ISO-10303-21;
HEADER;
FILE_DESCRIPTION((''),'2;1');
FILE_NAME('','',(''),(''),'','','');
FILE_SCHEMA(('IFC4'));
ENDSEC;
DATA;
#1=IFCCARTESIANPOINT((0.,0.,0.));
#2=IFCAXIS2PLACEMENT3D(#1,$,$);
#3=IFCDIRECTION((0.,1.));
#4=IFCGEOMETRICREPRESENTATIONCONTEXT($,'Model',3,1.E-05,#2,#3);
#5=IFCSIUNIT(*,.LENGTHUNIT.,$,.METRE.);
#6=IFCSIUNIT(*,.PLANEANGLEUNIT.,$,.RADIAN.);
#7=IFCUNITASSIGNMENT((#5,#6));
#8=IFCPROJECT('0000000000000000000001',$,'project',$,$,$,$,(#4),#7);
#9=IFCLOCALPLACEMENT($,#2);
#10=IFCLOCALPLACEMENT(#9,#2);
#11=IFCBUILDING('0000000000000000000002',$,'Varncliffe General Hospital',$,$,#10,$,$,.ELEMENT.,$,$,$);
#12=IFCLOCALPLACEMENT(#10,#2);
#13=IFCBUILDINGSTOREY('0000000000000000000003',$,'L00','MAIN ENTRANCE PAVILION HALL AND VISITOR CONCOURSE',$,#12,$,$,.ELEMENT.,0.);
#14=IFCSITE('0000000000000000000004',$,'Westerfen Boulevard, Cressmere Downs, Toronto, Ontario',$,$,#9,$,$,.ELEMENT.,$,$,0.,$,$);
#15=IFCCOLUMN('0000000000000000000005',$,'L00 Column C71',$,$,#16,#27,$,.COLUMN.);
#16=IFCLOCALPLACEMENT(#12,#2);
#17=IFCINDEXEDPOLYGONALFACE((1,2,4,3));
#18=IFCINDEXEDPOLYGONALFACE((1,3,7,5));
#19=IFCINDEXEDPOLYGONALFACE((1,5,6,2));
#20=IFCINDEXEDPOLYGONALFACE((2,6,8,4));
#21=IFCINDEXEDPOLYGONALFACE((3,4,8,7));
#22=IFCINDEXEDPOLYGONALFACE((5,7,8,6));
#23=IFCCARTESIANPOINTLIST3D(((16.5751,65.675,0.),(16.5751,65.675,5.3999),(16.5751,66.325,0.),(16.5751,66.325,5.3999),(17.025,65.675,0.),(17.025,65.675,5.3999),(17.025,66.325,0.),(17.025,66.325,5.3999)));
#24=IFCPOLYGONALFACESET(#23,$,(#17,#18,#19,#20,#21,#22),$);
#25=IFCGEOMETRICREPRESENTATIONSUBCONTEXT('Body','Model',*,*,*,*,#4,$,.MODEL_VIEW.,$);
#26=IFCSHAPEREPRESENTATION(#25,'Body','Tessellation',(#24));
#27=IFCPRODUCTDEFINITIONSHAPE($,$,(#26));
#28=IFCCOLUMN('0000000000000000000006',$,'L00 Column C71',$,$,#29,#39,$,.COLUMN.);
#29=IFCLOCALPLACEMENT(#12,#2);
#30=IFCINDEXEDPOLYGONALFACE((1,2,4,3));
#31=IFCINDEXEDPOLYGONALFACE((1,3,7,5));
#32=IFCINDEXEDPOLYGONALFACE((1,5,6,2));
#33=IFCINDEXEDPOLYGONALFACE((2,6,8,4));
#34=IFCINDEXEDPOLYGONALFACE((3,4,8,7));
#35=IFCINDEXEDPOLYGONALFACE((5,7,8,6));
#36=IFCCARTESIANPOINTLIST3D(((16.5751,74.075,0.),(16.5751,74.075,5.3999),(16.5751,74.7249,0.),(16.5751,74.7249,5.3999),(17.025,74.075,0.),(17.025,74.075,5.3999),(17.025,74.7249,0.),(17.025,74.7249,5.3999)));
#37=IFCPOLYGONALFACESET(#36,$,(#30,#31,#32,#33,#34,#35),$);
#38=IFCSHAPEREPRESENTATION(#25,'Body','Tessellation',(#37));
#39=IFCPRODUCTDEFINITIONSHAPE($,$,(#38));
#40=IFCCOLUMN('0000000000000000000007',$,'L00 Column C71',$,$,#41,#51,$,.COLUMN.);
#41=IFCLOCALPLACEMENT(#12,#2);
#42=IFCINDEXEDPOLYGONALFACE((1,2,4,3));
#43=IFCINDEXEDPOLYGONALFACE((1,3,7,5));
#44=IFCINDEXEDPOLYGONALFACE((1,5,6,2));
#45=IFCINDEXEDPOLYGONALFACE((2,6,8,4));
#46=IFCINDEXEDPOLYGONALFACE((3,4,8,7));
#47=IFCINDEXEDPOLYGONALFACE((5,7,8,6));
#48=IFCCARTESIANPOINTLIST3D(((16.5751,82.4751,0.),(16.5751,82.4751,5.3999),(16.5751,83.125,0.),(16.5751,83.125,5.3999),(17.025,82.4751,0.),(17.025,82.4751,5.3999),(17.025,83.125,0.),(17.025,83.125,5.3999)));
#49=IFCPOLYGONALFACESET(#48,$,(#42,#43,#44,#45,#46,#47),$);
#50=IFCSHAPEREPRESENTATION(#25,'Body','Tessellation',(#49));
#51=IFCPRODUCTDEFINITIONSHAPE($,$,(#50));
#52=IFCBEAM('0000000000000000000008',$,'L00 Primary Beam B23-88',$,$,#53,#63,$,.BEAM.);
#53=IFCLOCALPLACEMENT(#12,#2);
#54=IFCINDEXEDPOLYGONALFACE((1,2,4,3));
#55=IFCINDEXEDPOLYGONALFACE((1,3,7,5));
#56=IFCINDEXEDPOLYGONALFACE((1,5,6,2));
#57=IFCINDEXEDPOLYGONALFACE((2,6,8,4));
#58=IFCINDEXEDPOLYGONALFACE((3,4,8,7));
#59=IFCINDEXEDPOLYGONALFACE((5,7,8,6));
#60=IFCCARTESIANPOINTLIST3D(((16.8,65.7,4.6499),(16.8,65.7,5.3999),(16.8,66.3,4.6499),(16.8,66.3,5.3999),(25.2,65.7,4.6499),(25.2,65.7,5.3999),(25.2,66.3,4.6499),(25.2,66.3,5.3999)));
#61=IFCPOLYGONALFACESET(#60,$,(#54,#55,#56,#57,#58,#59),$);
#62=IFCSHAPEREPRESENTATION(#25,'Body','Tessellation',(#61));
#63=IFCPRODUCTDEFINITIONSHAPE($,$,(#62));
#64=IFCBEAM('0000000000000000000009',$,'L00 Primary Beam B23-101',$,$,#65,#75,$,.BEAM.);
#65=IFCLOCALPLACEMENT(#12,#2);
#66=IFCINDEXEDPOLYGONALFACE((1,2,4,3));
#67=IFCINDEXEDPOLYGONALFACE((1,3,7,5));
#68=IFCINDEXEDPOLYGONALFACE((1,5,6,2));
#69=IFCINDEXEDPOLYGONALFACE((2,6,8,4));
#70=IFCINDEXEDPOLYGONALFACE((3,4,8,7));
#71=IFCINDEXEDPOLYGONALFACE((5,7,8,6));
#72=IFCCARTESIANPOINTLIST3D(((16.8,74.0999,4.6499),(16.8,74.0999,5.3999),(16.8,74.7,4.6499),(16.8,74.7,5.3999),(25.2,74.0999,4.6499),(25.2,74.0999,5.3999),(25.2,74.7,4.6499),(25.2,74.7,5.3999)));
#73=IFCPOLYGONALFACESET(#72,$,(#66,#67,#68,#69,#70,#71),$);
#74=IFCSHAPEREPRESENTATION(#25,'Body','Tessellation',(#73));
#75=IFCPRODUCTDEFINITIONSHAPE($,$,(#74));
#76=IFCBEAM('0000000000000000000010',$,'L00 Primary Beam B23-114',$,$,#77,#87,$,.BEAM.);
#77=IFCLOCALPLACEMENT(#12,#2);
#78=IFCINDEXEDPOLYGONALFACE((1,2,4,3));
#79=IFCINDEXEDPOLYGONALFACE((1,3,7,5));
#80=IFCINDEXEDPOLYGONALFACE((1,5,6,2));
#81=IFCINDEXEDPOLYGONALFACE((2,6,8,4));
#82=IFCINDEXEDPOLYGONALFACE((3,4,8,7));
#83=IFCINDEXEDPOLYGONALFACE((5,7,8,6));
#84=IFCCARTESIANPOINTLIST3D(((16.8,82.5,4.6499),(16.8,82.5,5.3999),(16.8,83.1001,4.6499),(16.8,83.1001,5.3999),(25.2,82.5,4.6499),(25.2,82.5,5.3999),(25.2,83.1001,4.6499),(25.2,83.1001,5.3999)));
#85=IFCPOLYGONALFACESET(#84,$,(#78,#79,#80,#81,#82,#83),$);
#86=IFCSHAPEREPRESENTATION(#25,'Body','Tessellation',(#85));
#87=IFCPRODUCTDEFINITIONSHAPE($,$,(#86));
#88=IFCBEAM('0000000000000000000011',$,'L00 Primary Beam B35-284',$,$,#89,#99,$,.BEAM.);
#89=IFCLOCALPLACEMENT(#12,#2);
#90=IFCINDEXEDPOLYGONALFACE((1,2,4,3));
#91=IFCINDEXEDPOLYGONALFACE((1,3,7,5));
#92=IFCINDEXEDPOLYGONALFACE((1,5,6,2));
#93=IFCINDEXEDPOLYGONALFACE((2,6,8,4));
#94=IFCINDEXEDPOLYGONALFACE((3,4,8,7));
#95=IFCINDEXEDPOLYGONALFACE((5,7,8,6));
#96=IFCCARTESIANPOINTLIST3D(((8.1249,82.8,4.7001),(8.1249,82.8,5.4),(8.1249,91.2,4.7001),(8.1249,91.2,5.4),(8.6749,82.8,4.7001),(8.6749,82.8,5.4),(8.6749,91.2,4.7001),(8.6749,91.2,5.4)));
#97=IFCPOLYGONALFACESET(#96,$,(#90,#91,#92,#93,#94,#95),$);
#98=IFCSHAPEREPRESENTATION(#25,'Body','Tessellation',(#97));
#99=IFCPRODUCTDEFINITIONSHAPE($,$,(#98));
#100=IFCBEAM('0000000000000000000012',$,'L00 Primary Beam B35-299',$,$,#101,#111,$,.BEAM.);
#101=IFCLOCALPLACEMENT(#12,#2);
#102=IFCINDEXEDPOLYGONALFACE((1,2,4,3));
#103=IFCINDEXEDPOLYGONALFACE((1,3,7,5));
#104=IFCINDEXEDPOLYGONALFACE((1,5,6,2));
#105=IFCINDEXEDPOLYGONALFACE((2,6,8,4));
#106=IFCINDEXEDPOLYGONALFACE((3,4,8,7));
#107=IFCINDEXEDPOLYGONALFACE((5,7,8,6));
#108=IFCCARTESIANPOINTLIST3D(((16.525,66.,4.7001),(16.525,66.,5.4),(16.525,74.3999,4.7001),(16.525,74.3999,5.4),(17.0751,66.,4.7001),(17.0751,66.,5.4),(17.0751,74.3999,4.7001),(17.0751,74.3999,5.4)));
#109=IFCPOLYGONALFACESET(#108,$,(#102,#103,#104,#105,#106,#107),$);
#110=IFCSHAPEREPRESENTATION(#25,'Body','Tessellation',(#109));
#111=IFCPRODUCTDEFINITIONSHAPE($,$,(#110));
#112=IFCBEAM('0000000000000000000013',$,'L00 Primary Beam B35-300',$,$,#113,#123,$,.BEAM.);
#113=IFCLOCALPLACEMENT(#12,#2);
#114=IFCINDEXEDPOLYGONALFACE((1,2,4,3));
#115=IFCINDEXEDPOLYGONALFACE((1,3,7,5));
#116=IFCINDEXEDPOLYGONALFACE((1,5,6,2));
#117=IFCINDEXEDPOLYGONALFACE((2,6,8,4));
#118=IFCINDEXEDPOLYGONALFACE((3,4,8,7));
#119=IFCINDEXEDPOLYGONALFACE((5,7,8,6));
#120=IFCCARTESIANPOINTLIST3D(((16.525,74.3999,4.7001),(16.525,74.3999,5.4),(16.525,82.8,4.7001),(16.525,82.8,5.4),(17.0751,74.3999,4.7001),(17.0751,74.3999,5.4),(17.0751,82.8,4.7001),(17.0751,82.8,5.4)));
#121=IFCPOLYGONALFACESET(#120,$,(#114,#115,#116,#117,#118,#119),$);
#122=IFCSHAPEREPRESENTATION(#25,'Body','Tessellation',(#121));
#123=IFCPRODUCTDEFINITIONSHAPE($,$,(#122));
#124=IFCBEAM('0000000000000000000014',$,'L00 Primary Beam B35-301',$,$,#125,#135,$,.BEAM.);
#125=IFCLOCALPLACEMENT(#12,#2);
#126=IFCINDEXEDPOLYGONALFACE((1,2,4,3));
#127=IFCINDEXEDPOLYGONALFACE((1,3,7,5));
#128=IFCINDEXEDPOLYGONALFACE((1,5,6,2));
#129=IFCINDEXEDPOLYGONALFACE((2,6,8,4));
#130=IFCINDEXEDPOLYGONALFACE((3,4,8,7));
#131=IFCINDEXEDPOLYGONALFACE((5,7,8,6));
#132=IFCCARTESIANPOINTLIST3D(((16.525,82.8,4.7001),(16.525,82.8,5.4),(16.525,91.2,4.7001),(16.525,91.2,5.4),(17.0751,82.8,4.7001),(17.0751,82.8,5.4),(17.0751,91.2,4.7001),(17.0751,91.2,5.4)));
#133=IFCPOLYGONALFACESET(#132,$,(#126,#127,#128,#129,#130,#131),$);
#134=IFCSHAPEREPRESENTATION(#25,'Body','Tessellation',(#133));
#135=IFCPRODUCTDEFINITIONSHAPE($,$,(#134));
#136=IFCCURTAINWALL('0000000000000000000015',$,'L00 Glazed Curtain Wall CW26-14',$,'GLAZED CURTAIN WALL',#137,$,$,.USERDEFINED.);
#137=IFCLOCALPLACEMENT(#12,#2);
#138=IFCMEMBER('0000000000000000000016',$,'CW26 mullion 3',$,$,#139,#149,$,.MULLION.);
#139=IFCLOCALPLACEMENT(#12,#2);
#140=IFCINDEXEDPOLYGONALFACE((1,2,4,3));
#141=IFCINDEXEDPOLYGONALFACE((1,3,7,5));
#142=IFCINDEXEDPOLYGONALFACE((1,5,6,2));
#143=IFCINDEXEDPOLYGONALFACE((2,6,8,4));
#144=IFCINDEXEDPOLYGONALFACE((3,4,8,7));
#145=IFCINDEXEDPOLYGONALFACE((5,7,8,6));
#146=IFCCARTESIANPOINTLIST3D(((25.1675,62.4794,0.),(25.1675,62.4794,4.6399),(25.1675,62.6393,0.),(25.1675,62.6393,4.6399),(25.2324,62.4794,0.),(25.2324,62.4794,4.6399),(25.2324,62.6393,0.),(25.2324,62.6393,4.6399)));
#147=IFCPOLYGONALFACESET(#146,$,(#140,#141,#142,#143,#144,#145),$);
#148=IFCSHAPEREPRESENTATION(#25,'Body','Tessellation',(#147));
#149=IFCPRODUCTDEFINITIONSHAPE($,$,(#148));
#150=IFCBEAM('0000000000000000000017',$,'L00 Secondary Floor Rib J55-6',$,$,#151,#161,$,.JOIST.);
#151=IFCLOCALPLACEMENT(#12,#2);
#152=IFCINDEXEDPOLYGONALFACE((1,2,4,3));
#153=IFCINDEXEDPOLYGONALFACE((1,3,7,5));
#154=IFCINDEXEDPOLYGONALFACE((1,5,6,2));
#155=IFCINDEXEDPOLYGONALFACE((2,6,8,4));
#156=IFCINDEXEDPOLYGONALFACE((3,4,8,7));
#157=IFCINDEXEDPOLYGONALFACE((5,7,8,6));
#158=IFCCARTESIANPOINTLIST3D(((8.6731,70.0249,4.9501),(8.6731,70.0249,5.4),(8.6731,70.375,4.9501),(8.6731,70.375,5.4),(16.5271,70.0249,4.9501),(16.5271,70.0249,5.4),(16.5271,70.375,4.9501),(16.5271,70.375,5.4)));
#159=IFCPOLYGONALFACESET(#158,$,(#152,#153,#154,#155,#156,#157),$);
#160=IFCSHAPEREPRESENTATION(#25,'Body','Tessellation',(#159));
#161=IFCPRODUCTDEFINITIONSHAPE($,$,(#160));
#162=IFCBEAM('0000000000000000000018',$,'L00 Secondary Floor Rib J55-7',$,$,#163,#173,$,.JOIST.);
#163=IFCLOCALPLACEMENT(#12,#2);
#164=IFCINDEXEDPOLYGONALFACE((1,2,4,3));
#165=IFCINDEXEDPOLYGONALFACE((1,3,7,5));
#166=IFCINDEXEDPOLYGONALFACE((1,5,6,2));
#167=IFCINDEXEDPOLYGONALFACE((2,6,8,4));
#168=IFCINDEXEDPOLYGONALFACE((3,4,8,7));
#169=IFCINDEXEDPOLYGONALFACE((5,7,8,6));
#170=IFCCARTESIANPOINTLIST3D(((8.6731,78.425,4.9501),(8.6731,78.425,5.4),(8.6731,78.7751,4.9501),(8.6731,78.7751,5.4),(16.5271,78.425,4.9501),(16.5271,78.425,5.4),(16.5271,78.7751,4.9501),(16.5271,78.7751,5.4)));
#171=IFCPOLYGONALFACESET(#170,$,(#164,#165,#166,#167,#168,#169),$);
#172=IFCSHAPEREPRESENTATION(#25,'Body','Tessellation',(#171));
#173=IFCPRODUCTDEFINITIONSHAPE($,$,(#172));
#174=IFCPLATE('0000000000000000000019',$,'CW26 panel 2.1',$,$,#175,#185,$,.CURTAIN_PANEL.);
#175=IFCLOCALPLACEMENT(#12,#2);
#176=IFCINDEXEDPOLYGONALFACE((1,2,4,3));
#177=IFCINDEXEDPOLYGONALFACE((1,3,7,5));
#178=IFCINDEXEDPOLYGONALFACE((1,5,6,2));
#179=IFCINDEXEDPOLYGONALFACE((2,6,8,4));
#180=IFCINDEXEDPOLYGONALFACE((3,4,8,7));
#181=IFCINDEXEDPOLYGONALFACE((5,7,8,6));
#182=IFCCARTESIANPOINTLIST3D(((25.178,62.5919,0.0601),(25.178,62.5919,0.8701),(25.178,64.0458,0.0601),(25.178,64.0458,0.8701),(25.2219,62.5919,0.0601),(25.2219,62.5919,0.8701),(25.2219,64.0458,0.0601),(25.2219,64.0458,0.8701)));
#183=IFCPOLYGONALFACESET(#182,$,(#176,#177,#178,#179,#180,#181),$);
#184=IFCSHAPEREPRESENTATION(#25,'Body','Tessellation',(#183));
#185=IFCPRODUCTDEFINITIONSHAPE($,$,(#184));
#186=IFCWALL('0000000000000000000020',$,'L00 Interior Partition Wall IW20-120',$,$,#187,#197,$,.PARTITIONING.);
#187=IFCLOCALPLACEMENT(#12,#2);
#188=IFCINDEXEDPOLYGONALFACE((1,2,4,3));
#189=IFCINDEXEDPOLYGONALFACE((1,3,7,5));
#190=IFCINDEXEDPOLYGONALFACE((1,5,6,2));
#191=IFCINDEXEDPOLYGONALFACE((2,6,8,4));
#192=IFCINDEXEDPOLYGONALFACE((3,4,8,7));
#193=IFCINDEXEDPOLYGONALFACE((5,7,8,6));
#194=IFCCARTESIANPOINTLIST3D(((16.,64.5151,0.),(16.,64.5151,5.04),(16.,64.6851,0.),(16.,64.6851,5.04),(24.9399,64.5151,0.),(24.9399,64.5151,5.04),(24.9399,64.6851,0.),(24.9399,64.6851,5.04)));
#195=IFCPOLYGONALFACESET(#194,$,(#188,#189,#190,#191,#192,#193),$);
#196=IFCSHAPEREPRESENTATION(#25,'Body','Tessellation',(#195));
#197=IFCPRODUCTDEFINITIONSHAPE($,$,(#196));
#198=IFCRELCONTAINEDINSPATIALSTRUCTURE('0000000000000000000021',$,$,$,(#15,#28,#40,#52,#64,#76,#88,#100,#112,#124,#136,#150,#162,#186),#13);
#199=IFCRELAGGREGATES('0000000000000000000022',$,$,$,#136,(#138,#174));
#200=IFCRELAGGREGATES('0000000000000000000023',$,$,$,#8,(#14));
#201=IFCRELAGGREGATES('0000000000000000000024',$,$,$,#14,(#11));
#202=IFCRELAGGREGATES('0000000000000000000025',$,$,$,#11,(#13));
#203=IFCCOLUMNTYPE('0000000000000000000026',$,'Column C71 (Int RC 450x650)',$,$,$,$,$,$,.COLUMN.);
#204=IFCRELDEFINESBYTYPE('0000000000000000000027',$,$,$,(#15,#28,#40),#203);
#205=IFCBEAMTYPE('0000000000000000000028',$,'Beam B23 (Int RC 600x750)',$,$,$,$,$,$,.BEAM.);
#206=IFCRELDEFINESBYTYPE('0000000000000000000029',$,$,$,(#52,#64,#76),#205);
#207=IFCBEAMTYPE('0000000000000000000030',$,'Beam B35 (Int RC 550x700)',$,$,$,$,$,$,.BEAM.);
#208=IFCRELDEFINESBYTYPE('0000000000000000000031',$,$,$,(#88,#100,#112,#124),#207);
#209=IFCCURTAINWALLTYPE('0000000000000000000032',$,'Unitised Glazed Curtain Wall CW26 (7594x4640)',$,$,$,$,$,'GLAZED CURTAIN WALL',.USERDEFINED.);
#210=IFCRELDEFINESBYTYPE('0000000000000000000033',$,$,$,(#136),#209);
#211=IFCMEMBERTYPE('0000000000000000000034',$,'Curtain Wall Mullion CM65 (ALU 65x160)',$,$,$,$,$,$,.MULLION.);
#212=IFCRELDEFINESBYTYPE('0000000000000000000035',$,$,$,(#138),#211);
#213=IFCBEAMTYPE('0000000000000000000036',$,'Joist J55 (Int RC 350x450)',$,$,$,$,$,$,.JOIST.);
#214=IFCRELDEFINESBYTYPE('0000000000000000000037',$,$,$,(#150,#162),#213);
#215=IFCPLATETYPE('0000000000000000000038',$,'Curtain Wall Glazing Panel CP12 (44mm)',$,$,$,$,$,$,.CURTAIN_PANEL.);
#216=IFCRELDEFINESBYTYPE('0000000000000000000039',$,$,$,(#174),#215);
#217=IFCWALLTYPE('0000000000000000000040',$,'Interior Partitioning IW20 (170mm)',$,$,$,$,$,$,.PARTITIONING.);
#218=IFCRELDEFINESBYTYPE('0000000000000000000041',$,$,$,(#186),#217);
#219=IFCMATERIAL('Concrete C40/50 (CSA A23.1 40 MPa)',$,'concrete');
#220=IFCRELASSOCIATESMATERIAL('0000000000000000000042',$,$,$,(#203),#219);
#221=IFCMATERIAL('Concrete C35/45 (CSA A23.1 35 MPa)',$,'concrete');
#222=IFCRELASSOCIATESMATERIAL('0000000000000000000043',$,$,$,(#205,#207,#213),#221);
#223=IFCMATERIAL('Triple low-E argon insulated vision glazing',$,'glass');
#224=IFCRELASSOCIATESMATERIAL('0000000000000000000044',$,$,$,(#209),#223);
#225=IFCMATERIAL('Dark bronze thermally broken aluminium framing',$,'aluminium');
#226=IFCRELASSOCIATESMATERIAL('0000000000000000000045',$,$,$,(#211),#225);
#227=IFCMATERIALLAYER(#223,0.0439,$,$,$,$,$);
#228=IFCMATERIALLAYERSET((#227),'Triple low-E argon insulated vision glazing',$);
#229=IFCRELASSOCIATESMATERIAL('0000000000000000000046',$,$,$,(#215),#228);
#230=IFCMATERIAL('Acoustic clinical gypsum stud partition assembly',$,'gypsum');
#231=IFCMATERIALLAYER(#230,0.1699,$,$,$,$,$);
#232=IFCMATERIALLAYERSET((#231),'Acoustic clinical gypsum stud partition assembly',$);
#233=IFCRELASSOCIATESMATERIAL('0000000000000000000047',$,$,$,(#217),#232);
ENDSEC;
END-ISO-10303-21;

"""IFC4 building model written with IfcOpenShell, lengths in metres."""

from ifc_helpers import new_model, si_unit, direction, frame, frame_2d, origin, origin_2d, place, context, subcontext, project, spatial, rectangle, extrude, material, layer, layer_set, material_profile, profile_set, type_object, element, aggregate, save


model = new_model("IFC4")

# Units and contexts
model_context = context("Model", 3, precision=1e-05, world=origin(), true_north=direction((0.0, 1.0)))
body_context = subcontext(model_context, "Body", "Model", "MODEL_VIEW")
ifc_project = project(units=[si_unit("LENGTHUNIT", "METRE"), si_unit("PLANEANGLEUNIT", "RADIAN")], contexts=[model_context])

# Site, building, storey
site_placement = place(None, origin())
site = spatial("IfcSite", under=ifc_project, at=site_placement, Name="Westerfen Boulevard, Cressmere Downs, Toronto, Ontario", CompositionType="ELEMENT", RefElevation=0.0)
building_placement = place(site_placement, origin())
building = spatial("IfcBuilding", under=site, at=building_placement, Name="Varncliffe General Hospital", CompositionType="ELEMENT")
storey_placement = place(building_placement, origin())
storey = spatial("IfcBuildingStorey", under=building, at=storey_placement, Name="L00", Description="MAIN ENTRANCE PAVILION HALL AND VISITOR CONCOURSE", CompositionType="ELEMENT", Elevation=0.0)

# Columns
ifc_material_1 = material(Name="Concrete C40/50 (CSA A23.1 40 MPa)", Category="concrete")
ifc_material_profile_1 = material_profile(ifc_material_1, rectangle(XDim=0.45, YDim=0.6499, at=origin_2d()), Name="RC 450x650")
ifc_profile_set_1 = profile_set([ifc_material_profile_1], Name="Concrete C40/50 (CSA A23.1 40 MPa)")
column_type = type_object("IfcColumnType", Name="Column C71 (Int RC 450x650)", PredefinedType="COLUMN", material=ifc_profile_set_1)
for number, where, z_axis, x_axis, name in (
    (1, (16.8, 66.0, 0.0), (0.0, 0.0, 1.0), (1.0, 0.0, 0.0), "L00 Column C71"),
    (2, (16.8, 74.3999, 0.0), (0.0, 0.0, 1.0), (1.0, 0.0, 0.0), "L00 Column C71"),
    (3, (16.8, 82.8, 0.0), (0.0, 0.0, 1.0), (1.0, 0.0, 0.0), "L00 Column C71"),
):
    element("IfcColumn", number, at=place(storey_placement, frame(where, z_axis=z_axis, x_axis=x_axis)), inside=storey, type_object=column_type, Name=name, PredefinedType="COLUMN", context=body_context, shape_type="SweptSolid", body=[
        extrude(rectangle(XDim=0.45, YDim=0.6499, at=origin_2d()), origin(), (0.0, 0.0, 1.0), 5.3999),
    ])

# Beams
ifc_material_2 = material(Name="Concrete C35/45 (CSA A23.1 35 MPa)", Category="concrete")
ifc_material_profile_2 = material_profile(ifc_material_2, rectangle(XDim=0.6001, YDim=0.75, at=origin_2d()), Name="RC 600x750")
ifc_profile_set_2 = profile_set([ifc_material_profile_2], Name="Concrete C35/45 (CSA A23.1 35 MPa)")
beam_type_1 = type_object("IfcBeamType", Name="Beam B23 (Int RC 600x750)", PredefinedType="BEAM", material=ifc_profile_set_2)
for number, where, z_axis, x_axis, name in (
    (4, (16.8, 66.0, 5.0249), (1.0, 0.0, 0.0), (0.0, 1.0, 0.0), "L00 Primary Beam B23-88"),
    (5, (16.8, 74.3999, 5.0249), (1.0, 0.0, 0.0), (0.0, 1.0, 0.0), "L00 Primary Beam B23-101"),
    (6, (16.8, 82.8, 5.0249), (1.0, 0.0, 0.0), (0.0, 1.0, 0.0), "L00 Primary Beam B23-114"),
):
    element("IfcBeam", number, at=place(storey_placement, frame(where, z_axis=z_axis, x_axis=x_axis)), inside=storey, type_object=beam_type_1, Name=name, PredefinedType="BEAM", context=body_context, shape_type="SweptSolid", body=[
        extrude(rectangle(XDim=0.6001, YDim=0.75, at=origin_2d()), origin(), (0.0, 0.0, 1.0), 8.3999),
    ])
ifc_material_profile_3 = material_profile(ifc_material_2, rectangle(XDim=0.55, YDim=0.7, at=origin_2d()), Name="RC 550x700")
ifc_profile_set_3 = profile_set([ifc_material_profile_3], Name="Concrete C35/45 (CSA A23.1 35 MPa)")
beam_type_2 = type_object("IfcBeamType", Name="Beam B35 (Int RC 550x700)", PredefinedType="BEAM", material=ifc_profile_set_3)
for number, where, z_axis, x_axis, name in (
    (7, (8.3999, 82.8, 5.05), (0.0, 1.0, 0.0), (-1.0, 0.0, 0.0), "L00 Primary Beam B35-284"),
    (8, (16.8, 66.0, 5.05), (0.0, 1.0, 0.0), (-1.0, 0.0, 0.0), "L00 Primary Beam B35-299"),
):
    element("IfcBeam", number, at=place(storey_placement, frame(where, z_axis=z_axis, x_axis=x_axis)), inside=storey, type_object=beam_type_2, Name=name, PredefinedType="BEAM", context=body_context, shape_type="SweptSolid", body=[
        extrude(rectangle(XDim=0.55, YDim=0.7, at=origin_2d()), origin(), (0.0, 0.0, 1.0), 8.3999),
    ])
beam_1_placement = place(storey_placement, frame((16.8, 74.3999, 5.05), z_axis=(0.0, 1.0, 0.0), x_axis=(-1.0, 0.0, 0.0)))
element("IfcBeam", 9, at=beam_1_placement, inside=storey, type_object=beam_type_2, Name="L00 Primary Beam B35-300", PredefinedType="BEAM", context=body_context, shape_type="SweptSolid", body=[
    extrude(rectangle(XDim=0.55, YDim=0.7, at=origin_2d()), origin(), (0.0, 0.0, 1.0), 8.4001),
])
beam_2_placement = place(storey_placement, frame((16.8, 82.8, 5.05), z_axis=(0.0, 1.0, 0.0), x_axis=(-1.0, 0.0, 0.0)))
element("IfcBeam", 10, at=beam_2_placement, inside=storey, type_object=beam_type_2, Name="L00 Primary Beam B35-301", PredefinedType="BEAM", context=body_context, shape_type="SweptSolid", body=[
    extrude(rectangle(XDim=0.55, YDim=0.7, at=origin_2d()), origin(), (0.0, 0.0, 1.0), 8.3999),
])

# Curtain wall, member
ifc_material_3 = material(Name="Triple low-E argon insulated vision glazing", Category="glass")
curtain_wall_type = type_object("IfcCurtainWallType", Name="Unitised Glazed Curtain Wall CW26 (7594x4640)", ElementType="GLAZED CURTAIN WALL", PredefinedType="USERDEFINED", material=ifc_material_3)
curtain_wall_placement = place(storey_placement, origin())
curtain_wall = element("IfcCurtainWall", 11, at=curtain_wall_placement, inside=storey, type_object=curtain_wall_type, Name="L00 Glazed Curtain Wall CW26-14", ObjectType="GLAZED CURTAIN WALL", PredefinedType="USERDEFINED")
ifc_material_4 = material(Name="Dark bronze thermally broken aluminium framing", Category="aluminium")
ifc_material_profile_4 = material_profile(ifc_material_4, rectangle(XDim=0.0649, YDim=0.1599, at=origin_2d()), Name="ALU 65x160")
ifc_profile_set_4 = profile_set([ifc_material_profile_4], Name="Dark bronze thermally broken aluminium framing")
member_type = type_object("IfcMemberType", Name="Curtain Wall Mullion CM65 (ALU 65x160)", PredefinedType="MULLION", material=ifc_profile_set_4)
member_placement = place(storey_placement, frame((25.2, 62.5593, 0.0), z_axis=(0.0, 0.0, 1.0), x_axis=(1.0, 0.0, 0.0)))
member = element("IfcMember", 12, at=member_placement, type_object=member_type, Name="CW26 mullion 3", PredefinedType="MULLION", context=body_context, shape_type="SweptSolid", body=[
    extrude(rectangle(XDim=0.0649, YDim=0.1599, at=origin_2d()), origin(), (0.0, 0.0, 1.0), 4.6399),
])

# Beams
ifc_material_profile_5 = material_profile(ifc_material_2, rectangle(XDim=0.3501, YDim=0.45, at=origin_2d()), Name="RC 350x450")
ifc_profile_set_5 = profile_set([ifc_material_profile_5], Name="Concrete C35/45 (CSA A23.1 35 MPa)")
beam_type_3 = type_object("IfcBeamType", Name="Joist J55 (Int RC 350x450)", PredefinedType="JOIST", material=ifc_profile_set_5)
for number, where, z_axis, x_axis, name in (
    (13, (8.6731, 70.2, 5.175), (1.0, 0.0, 0.0), (0.0, 1.0, 0.0), "L00 Secondary Floor Rib J55-6"),
    (14, (8.6731, 78.6001, 5.175), (1.0, 0.0, 0.0), (0.0, 1.0, 0.0), "L00 Secondary Floor Rib J55-7"),
):
    element("IfcBeam", number, at=place(storey_placement, frame(where, z_axis=z_axis, x_axis=x_axis)), inside=storey, type_object=beam_type_3, Name=name, PredefinedType="JOIST", context=body_context, shape_type="SweptSolid", body=[
        extrude(rectangle(XDim=0.3501, YDim=0.45, at=origin_2d()), origin(), (0.0, 0.0, 1.0), 7.854),
    ])

# Plate
ifc_layer_1 = layer(ifc_material_3, 0.0439)
ifc_layer_set_1 = layer_set([ifc_layer_1], Name="Triple low-E argon insulated vision glazing")
plate_type = type_object("IfcPlateType", Name="Curtain Wall Glazing Panel CP12 (44mm)", PredefinedType="CURTAIN_PANEL", material=ifc_layer_set_1)
plate_placement = place(storey_placement, frame((25.2, 63.3188, 0.0601), z_axis=(0.0, 0.0, 1.0), x_axis=(0.0, -1.0, 0.0)))
plate = element("IfcPlate", 15, at=plate_placement, type_object=plate_type, Name="CW26 panel 2.1", PredefinedType="CURTAIN_PANEL", context=body_context, shape_type="SweptSolid", body=[
    extrude(rectangle(XDim=1.4539, YDim=0.0439, at=origin_2d()), origin(), (0.0, 0.0, 1.0), 0.8101),
])
aggregate(curtain_wall, [member, plate])

# Wall
ifc_material_5 = material(Name="Acoustic clinical gypsum stud partition assembly", Category="gypsum")
ifc_layer_2 = layer(ifc_material_5, 0.1699)
ifc_layer_set_2 = layer_set([ifc_layer_2], Name="Acoustic clinical gypsum stud partition assembly")
wall_type_1 = type_object("IfcWallType", Name="Interior Partitioning IW20 (170mm)", PredefinedType="PARTITIONING", material=ifc_layer_set_2)
wall_1_placement = place(storey_placement, frame((16.0, 64.6001, 0.0), z_axis=(0.0, 0.0, 1.0), x_axis=(1.0, 0.0, 0.0)))
element("IfcWall", 16, at=wall_1_placement, inside=storey, type_object=wall_type_1, Name="L00 Interior Partition Wall IW20-120", PredefinedType="PARTITIONING", context=body_context, shape_type="SweptSolid", body=[
    extrude(rectangle(XDim=8.9399, YDim=0.1699, at=frame_2d((4.47, 0.0))), origin(), (0.0, 0.0, 1.0), 5.04),
])

save(model, "model.ifc")
